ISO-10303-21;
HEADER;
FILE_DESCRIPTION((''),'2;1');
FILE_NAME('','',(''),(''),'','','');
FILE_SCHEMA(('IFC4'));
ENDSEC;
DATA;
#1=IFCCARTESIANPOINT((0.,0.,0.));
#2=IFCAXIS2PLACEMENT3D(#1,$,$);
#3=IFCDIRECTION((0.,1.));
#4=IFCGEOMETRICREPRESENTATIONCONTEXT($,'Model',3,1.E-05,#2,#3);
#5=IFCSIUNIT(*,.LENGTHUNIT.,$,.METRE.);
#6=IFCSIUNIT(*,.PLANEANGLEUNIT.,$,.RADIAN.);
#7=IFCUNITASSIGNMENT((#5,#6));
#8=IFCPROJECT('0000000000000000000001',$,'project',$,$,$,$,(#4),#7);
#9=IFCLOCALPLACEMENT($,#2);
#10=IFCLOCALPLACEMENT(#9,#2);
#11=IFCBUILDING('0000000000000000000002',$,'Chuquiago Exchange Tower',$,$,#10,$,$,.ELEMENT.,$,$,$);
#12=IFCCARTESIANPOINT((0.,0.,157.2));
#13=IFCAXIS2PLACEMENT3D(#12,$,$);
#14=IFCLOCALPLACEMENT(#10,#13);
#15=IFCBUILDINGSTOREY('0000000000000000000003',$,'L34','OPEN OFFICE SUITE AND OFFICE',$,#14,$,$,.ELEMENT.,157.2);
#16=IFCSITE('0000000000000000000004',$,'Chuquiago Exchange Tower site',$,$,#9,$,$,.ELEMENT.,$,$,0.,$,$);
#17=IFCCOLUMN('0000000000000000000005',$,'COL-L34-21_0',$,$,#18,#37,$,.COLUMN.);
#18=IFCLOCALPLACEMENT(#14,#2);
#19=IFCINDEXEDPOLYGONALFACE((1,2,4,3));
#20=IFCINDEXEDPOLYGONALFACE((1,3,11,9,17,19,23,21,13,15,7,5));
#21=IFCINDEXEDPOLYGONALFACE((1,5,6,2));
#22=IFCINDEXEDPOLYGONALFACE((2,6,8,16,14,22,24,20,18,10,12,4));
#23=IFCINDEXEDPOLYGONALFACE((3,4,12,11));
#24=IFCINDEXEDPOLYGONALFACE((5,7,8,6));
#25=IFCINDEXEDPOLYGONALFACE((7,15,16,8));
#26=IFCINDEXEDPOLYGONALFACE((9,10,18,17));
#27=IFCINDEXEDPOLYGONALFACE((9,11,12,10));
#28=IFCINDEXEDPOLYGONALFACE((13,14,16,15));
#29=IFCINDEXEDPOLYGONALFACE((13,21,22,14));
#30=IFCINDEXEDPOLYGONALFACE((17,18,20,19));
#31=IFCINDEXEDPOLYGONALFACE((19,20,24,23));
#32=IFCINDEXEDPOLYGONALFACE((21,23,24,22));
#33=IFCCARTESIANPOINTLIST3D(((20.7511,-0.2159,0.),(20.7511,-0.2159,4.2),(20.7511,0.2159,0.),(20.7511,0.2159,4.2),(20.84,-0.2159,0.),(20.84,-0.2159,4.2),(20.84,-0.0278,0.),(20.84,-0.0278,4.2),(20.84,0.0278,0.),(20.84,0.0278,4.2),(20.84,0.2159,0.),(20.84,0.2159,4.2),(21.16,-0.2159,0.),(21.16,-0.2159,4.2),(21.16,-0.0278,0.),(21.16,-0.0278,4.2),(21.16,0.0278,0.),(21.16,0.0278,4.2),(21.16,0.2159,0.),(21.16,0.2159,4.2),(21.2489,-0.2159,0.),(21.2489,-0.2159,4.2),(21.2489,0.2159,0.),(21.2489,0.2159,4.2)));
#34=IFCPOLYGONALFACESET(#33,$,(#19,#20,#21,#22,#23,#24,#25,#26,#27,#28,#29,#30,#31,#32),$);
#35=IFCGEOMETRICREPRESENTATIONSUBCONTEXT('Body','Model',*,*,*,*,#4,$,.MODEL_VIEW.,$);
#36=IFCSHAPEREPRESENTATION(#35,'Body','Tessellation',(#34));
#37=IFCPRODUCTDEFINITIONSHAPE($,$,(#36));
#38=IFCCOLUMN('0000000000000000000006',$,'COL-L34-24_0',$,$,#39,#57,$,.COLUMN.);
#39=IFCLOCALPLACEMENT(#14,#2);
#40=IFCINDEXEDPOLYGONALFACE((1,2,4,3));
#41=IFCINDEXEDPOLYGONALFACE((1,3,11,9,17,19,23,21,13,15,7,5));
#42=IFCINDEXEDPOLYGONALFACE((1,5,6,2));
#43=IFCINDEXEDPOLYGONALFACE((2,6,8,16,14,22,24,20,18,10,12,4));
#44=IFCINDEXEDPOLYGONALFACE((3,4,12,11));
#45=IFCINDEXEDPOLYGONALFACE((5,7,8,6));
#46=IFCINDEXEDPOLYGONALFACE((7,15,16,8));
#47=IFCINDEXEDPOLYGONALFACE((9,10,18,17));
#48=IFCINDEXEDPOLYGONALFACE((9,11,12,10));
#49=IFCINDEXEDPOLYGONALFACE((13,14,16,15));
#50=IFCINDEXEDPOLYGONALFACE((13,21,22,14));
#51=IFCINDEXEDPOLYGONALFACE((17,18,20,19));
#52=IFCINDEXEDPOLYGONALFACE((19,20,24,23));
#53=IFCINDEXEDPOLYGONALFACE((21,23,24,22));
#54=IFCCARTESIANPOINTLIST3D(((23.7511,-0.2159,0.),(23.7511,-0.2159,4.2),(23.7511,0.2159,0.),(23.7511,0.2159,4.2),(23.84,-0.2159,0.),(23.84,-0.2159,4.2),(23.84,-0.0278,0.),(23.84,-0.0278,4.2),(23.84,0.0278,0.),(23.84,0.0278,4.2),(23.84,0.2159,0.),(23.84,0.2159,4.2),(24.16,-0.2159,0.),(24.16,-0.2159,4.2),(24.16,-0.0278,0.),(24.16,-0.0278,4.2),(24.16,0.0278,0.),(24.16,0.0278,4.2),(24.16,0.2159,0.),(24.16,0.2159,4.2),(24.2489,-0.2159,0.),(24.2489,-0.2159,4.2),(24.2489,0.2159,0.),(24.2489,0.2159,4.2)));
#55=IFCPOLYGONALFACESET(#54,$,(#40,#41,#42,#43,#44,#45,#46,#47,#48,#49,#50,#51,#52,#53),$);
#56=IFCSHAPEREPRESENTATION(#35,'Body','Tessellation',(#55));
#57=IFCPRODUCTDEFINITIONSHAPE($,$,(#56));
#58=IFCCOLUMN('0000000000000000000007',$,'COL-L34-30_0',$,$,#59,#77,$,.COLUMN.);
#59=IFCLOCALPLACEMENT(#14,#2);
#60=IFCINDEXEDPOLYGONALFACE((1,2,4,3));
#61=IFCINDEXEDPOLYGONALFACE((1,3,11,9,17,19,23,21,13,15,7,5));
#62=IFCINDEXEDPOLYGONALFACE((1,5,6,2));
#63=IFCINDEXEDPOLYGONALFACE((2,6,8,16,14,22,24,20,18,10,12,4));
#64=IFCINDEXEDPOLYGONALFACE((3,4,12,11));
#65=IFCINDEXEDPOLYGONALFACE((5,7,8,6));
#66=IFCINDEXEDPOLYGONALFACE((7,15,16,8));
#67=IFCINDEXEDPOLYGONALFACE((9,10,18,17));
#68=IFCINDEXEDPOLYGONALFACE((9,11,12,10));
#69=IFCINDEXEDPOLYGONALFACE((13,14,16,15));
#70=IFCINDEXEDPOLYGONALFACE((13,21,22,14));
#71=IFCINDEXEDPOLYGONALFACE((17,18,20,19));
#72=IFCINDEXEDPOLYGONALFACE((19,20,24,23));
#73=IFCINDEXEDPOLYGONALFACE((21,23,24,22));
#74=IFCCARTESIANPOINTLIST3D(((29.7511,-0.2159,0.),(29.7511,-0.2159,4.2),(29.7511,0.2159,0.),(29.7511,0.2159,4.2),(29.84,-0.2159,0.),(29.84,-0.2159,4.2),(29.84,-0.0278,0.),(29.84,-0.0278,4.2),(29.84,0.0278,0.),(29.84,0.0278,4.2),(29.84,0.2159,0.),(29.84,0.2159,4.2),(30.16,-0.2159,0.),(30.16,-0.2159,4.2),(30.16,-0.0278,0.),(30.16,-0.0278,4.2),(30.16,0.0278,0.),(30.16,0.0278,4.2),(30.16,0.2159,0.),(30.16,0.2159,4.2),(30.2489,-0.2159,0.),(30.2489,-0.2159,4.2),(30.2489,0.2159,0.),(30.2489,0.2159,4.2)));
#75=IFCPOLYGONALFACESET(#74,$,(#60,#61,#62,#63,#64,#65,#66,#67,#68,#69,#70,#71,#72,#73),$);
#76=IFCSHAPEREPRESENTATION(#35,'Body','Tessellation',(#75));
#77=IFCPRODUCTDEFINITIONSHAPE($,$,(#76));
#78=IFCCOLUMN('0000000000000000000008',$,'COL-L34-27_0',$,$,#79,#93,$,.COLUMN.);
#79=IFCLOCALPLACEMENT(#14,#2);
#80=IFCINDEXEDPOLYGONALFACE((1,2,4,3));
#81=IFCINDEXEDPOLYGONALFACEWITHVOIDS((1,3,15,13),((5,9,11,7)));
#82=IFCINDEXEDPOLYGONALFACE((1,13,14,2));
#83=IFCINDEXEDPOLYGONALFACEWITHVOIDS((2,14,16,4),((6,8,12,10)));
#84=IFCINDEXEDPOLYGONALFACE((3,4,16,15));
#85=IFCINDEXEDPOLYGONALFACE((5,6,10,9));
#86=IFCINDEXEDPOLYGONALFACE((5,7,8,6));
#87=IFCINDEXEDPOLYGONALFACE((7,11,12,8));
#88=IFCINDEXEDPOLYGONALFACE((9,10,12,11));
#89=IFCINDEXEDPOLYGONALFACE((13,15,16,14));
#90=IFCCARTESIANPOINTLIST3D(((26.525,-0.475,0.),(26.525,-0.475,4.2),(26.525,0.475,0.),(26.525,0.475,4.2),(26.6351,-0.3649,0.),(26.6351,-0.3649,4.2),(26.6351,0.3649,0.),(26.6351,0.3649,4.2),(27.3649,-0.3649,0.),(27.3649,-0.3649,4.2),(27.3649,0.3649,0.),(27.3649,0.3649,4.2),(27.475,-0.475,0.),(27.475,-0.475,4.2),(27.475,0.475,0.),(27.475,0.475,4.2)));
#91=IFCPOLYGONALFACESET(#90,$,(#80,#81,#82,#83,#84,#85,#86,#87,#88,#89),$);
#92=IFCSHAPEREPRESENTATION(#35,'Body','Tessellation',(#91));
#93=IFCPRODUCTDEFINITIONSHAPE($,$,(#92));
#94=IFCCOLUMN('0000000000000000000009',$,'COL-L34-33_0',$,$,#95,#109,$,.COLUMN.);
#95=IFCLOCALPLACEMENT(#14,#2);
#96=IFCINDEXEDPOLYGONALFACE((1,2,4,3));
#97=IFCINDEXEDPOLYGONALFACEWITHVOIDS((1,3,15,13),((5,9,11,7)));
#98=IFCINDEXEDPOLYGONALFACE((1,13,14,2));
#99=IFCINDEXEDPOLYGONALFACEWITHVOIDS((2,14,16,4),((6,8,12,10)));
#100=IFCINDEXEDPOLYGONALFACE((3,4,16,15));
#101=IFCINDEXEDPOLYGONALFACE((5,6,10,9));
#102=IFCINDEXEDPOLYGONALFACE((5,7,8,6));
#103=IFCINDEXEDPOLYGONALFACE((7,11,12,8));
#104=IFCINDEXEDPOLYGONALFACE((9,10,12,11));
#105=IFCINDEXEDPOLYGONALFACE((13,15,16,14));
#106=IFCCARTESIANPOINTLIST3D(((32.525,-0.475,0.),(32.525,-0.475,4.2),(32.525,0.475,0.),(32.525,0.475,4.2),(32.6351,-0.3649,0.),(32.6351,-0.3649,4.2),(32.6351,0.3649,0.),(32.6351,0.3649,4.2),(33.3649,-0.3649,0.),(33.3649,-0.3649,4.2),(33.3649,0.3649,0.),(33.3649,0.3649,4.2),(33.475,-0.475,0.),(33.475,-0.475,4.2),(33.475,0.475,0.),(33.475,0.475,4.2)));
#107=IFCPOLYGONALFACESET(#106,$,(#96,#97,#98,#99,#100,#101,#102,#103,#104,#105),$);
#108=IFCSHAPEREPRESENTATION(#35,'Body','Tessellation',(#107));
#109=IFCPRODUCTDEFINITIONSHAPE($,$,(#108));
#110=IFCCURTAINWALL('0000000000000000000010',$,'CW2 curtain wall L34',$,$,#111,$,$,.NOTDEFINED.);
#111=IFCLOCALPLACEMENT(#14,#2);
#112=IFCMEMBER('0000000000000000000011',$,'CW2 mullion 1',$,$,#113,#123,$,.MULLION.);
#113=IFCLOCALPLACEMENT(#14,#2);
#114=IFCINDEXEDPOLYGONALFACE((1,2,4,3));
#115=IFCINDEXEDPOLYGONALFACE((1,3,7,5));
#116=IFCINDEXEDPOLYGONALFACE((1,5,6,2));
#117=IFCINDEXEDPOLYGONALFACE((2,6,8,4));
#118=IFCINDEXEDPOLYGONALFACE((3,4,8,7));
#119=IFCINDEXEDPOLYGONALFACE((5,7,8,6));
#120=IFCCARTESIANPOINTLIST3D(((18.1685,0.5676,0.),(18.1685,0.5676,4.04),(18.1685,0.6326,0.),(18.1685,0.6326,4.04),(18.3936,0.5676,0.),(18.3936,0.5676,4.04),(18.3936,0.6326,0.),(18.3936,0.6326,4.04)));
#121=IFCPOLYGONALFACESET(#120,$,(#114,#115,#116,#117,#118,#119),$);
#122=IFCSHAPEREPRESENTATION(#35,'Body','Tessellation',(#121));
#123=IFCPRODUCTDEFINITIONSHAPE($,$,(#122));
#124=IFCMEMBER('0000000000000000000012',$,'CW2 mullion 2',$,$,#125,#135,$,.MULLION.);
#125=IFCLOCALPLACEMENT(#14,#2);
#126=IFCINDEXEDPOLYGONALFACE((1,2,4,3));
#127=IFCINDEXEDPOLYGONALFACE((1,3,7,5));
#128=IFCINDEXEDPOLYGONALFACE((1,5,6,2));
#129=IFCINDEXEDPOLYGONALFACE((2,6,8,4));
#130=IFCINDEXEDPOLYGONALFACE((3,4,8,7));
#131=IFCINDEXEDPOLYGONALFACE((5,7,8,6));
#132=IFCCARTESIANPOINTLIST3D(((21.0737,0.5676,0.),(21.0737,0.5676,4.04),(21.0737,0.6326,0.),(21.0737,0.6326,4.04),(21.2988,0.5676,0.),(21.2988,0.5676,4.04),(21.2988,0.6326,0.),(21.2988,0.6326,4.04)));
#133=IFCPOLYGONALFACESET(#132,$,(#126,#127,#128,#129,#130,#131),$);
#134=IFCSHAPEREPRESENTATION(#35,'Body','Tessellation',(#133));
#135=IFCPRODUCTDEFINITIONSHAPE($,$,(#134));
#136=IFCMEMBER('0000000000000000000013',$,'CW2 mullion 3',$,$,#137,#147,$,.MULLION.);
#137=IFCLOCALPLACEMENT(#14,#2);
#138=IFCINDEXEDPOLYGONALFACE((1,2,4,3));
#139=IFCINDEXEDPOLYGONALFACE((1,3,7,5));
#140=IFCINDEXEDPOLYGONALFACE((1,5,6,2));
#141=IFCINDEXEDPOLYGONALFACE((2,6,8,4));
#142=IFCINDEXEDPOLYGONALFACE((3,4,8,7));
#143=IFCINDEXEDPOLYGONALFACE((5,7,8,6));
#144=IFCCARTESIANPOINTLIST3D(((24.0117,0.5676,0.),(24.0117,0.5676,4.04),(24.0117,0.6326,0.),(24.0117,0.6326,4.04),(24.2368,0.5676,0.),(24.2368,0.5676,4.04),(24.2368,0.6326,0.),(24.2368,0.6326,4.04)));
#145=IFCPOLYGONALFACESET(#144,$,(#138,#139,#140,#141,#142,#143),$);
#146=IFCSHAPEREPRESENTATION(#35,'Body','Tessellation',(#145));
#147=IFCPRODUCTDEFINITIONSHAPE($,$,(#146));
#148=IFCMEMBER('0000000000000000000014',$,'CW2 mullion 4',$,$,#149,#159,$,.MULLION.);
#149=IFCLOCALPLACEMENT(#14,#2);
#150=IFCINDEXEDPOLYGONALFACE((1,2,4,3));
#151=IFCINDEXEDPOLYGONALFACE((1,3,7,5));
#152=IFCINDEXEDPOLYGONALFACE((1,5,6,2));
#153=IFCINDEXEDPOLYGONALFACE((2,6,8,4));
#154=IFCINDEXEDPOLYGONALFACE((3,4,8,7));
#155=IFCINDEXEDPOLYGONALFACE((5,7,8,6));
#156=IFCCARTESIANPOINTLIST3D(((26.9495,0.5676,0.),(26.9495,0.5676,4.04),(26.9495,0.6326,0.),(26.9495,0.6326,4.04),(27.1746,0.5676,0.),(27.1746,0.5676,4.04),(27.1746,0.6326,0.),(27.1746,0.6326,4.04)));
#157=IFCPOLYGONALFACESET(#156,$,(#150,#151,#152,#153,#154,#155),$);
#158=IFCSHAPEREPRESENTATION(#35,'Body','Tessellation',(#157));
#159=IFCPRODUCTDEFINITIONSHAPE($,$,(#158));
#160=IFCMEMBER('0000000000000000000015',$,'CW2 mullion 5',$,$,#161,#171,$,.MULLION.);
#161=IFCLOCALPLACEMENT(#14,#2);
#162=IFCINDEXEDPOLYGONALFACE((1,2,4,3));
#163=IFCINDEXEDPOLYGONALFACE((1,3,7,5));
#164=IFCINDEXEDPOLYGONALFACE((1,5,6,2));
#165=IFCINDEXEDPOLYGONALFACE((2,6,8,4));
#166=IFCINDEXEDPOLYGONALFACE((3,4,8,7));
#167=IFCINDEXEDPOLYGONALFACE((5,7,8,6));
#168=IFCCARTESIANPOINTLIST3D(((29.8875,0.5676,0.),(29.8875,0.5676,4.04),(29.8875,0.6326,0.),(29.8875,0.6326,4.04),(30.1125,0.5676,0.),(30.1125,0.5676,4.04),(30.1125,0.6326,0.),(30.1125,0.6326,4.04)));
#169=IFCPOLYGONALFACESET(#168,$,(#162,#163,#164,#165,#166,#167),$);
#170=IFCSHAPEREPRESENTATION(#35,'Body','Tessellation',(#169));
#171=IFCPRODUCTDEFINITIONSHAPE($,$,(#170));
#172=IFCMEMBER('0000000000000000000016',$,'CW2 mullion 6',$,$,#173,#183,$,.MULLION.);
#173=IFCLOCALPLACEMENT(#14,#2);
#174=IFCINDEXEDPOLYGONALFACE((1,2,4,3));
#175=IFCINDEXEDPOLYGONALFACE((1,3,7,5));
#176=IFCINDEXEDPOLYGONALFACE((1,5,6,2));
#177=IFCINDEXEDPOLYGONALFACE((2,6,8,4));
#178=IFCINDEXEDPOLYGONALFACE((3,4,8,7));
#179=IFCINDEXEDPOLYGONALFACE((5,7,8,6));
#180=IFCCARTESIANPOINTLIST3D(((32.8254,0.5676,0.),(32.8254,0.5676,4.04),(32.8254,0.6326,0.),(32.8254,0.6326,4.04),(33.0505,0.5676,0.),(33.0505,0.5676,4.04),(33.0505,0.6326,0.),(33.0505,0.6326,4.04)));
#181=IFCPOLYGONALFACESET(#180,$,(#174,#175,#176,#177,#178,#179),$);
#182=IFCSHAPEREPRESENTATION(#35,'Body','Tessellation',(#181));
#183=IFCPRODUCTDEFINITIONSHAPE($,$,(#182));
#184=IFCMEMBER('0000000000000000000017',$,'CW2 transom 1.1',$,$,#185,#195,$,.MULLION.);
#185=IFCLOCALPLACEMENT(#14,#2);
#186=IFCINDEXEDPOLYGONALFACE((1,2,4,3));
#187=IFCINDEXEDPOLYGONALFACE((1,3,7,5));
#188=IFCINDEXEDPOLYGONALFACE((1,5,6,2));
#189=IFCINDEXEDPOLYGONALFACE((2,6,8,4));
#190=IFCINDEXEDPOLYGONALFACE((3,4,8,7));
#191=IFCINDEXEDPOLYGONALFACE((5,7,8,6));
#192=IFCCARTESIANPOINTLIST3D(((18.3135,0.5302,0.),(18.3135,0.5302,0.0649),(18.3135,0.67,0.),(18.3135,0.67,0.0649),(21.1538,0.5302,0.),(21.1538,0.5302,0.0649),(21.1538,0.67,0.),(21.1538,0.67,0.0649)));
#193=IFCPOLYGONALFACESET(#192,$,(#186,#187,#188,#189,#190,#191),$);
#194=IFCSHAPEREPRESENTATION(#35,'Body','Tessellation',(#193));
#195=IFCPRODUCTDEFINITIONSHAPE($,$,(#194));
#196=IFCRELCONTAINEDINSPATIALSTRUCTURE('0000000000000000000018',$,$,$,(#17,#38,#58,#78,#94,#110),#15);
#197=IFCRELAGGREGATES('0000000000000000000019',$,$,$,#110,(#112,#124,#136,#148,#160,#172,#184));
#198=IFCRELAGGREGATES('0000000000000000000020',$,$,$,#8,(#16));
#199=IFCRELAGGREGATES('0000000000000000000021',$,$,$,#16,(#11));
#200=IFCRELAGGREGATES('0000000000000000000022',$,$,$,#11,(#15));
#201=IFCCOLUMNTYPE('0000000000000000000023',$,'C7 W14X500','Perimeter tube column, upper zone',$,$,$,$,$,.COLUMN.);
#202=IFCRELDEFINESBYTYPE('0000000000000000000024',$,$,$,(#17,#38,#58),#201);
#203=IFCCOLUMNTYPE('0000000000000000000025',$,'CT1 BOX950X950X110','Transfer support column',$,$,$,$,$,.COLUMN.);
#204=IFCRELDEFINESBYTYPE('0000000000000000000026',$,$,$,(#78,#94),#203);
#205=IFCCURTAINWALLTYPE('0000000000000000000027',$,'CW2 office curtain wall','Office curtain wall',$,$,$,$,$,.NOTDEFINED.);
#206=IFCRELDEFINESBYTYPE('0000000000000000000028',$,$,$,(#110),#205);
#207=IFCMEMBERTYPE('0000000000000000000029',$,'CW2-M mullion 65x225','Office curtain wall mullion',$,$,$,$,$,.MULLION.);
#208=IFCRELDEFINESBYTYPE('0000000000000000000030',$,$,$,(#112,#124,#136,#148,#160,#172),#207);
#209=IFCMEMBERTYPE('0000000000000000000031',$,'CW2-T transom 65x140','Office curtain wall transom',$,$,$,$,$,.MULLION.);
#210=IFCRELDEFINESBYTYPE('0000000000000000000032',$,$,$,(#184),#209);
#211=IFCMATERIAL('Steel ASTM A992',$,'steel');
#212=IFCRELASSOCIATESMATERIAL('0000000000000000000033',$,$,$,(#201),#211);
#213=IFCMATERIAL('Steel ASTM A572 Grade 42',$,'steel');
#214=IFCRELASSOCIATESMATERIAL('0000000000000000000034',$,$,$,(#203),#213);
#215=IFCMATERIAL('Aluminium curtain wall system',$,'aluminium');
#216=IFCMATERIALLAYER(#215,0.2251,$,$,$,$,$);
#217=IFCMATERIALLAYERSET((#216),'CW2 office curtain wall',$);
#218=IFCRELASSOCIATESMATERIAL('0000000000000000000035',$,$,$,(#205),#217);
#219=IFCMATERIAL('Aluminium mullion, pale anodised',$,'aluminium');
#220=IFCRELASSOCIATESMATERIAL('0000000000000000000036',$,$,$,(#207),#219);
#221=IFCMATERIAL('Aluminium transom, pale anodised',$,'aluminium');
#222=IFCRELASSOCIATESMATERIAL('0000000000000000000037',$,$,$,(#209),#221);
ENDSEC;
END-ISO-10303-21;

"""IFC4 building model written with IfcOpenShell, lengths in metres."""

from ifc_helpers import new_model, si_unit, direction, frame, origin, origin_2d, place, context, subcontext, project, spatial, rectangle, hollow_rectangle, i_section, extrude, material, layer, layer_set, material_profile, profile_set, type_object, element, aggregate, save


model = new_model("IFC4")

# Units and contexts
model_context = context("Model", 3, precision=1e-05, world=origin(), true_north=direction((0.0, 1.0)))
body_context = subcontext(model_context, "Body", "Model", "MODEL_VIEW")
ifc_project = project(units=[si_unit("LENGTHUNIT", "METRE"), si_unit("PLANEANGLEUNIT", "RADIAN")], contexts=[model_context])

# Site, building, storey
site_placement = place(None, origin())
site = spatial("IfcSite", under=ifc_project, at=site_placement, Name="Chuquiago Exchange Tower site", CompositionType="ELEMENT", RefElevation=0.0)
building_placement = place(site_placement, origin())
building = spatial("IfcBuilding", under=site, at=building_placement, Name="Chuquiago Exchange Tower", CompositionType="ELEMENT")
storey_placement = place(building_placement, frame((0.0, 0.0, 157.2)))
storey = spatial("IfcBuildingStorey", under=building, at=storey_placement, Name="L34", Description="OPEN OFFICE SUITE AND OFFICE", CompositionType="ELEMENT", Elevation=157.2)

# Columns
ifc_material_1 = material(Name="Steel ASTM A992", Category="steel")
ifc_material_profile_1 = material_profile(ifc_material_1, i_section(OverallWidth=0.4319, OverallDepth=0.4978, WebThickness=0.0557, FlangeThickness=0.0889, at=origin_2d()), Name="W14X500")
ifc_profile_set_1 = profile_set([ifc_material_profile_1], Name="Steel ASTM A992")
column_type_1 = type_object("IfcColumnType", Name="C7 W14X500", Description="Perimeter tube column, upper zone", PredefinedType="COLUMN", material=ifc_profile_set_1)
for number, where, z_axis, x_axis, name in (
    (1, (21.0, 0.0, 0.0), (0.0, 0.0, 1.0), (0.0, -1.0, 0.0), "COL-L34-21_0"),
    (2, (24.0, 0.0, 0.0), (0.0, 0.0, 1.0), (0.0, -1.0, 0.0), "COL-L34-24_0"),
    (3, (30.0, 0.0, 0.0), (0.0, 0.0, 1.0), (0.0, -1.0, 0.0), "COL-L34-30_0"),
):
    element("IfcColumn", number, at=place(storey_placement, frame(where, z_axis=z_axis, x_axis=x_axis)), inside=storey, type_object=column_type_1, Name=name, PredefinedType="COLUMN", context=body_context, shape_type="SweptSolid", body=[
        extrude(i_section(OverallWidth=0.4319, OverallDepth=0.4978, WebThickness=0.0557, FlangeThickness=0.0889, at=origin_2d()), origin(), (0.0, 0.0, 1.0), 4.2),
    ])
ifc_material_2 = material(Name="Steel ASTM A572 Grade 42", Category="steel")
ifc_material_profile_2 = material_profile(ifc_material_2, hollow_rectangle(XDim=0.95, YDim=0.95, WallThickness=0.1101, at=origin_2d()), Name="BOX950X950X110")
ifc_profile_set_2 = profile_set([ifc_material_profile_2], Name="Steel ASTM A572 Grade 42")
column_type_2 = type_object("IfcColumnType", Name="CT1 BOX950X950X110", Description="Transfer support column", PredefinedType="COLUMN", material=ifc_profile_set_2)
for number, where, z_axis, x_axis, name in (
    (4, (27.0, 0.0, 0.0), (0.0, 0.0, 1.0), (0.0, -1.0, 0.0), "COL-L34-27_0"),
    (5, (33.0, 0.0, 0.0), (0.0, 0.0, 1.0), (0.0, -1.0, 0.0), "COL-L34-33_0"),
):
    element("IfcColumn", number, at=place(storey_placement, frame(where, z_axis=z_axis, x_axis=x_axis)), inside=storey, type_object=column_type_2, Name=name, PredefinedType="COLUMN", context=body_context, shape_type="SweptSolid", body=[
        extrude(hollow_rectangle(XDim=0.95, YDim=0.95, WallThickness=0.1101, at=origin_2d()), origin(), (0.0, 0.0, 1.0), 4.2),
    ])

# Curtain wall, members
ifc_material_3 = material(Name="Aluminium curtain wall system", Category="aluminium")
ifc_layer_1 = layer(ifc_material_3, 0.2251)
ifc_layer_set_1 = layer_set([ifc_layer_1], Name="CW2 office curtain wall")
curtain_wall_type_1 = type_object("IfcCurtainWallType", Name="CW2 office curtain wall", Description="Office curtain wall", PredefinedType="NOTDEFINED", material=ifc_layer_set_1)
curtain_wall_1_placement = place(storey_placement, origin())
curtain_wall_1 = element("IfcCurtainWall", 6, at=curtain_wall_1_placement, inside=storey, type_object=curtain_wall_type_1, Name="CW2 curtain wall L34", PredefinedType="NOTDEFINED")
ifc_material_4 = material(Name="Aluminium mullion, pale anodised", Category="aluminium")
ifc_material_profile_3 = material_profile(ifc_material_4, rectangle(XDim=0.0649, YDim=0.2251, at=origin_2d()), Name="AL 65x225")
ifc_profile_set_3 = profile_set([ifc_material_profile_3], Name="Aluminium mullion, pale anodised")
member_type_1 = type_object("IfcMemberType", Name="CW2-M mullion 65x225", Description="Office curtain wall mullion", PredefinedType="MULLION", material=ifc_profile_set_3)
member_1_placement = place(storey_placement, frame((18.281, 0.6001, 0.0), z_axis=(0.0, 0.0, 1.0), x_axis=(0.0, 1.0, 0.0)))
member_1 = element("IfcMember", 7, at=member_1_placement, type_object=member_type_1, Name="CW2 mullion 1", PredefinedType="MULLION", context=body_context, shape_type="SweptSolid", body=[
    extrude(rectangle(XDim=0.0649, YDim=0.2251, at=origin_2d()), origin(), (0.0, 0.0, 1.0), 4.04),
])
member_2_placement = place(storey_placement, frame((21.1863, 0.6001, 0.0), z_axis=(0.0, 0.0, 1.0), x_axis=(0.0, 1.0, 0.0)))
member_2 = element("IfcMember", 8, at=member_2_placement, type_object=member_type_1, Name="CW2 mullion 2", PredefinedType="MULLION", context=body_context, shape_type="SweptSolid", body=[
    extrude(rectangle(XDim=0.0649, YDim=0.2251, at=origin_2d()), origin(), (0.0, 0.0, 1.0), 4.04),
])
member_3_placement = place(storey_placement, frame((24.1243, 0.6001, 0.0), z_axis=(0.0, 0.0, 1.0), x_axis=(0.0, 1.0, 0.0)))
member_3 = element("IfcMember", 9, at=member_3_placement, type_object=member_type_1, Name="CW2 mullion 3", PredefinedType="MULLION", context=body_context, shape_type="SweptSolid", body=[
    extrude(rectangle(XDim=0.0649, YDim=0.2251, at=origin_2d()), origin(), (0.0, 0.0, 1.0), 4.04),
])
member_4_placement = place(storey_placement, frame((27.062, 0.6001, 0.0), z_axis=(0.0, 0.0, 1.0), x_axis=(0.0, 1.0, 0.0)))
member_4 = element("IfcMember", 10, at=member_4_placement, type_object=member_type_1, Name="CW2 mullion 4", PredefinedType="MULLION", context=body_context, shape_type="SweptSolid", body=[
    extrude(rectangle(XDim=0.0649, YDim=0.2251, at=origin_2d()), origin(), (0.0, 0.0, 1.0), 4.04),
])
member_5_placement = place(storey_placement, frame((30.0, 0.6001, 0.0), z_axis=(0.0, 0.0, 1.0), x_axis=(0.0, 1.0, 0.0)))
member_5 = element("IfcMember", 11, at=member_5_placement, type_object=member_type_1, Name="CW2 mullion 5", PredefinedType="MULLION", context=body_context, shape_type="SweptSolid", body=[
    extrude(rectangle(XDim=0.0649, YDim=0.2251, at=origin_2d()), origin(), (0.0, 0.0, 1.0), 4.04),
])
member_6_placement = place(storey_placement, frame((32.938, 0.6001, 0.0), z_axis=(0.0, 0.0, 1.0), x_axis=(0.0, 1.0, 0.0)))
member_6 = element("IfcMember", 12, at=member_6_placement, type_object=member_type_1, Name="CW2 mullion 6", PredefinedType="MULLION", context=body_context, shape_type="SweptSolid", body=[
    extrude(rectangle(XDim=0.0649, YDim=0.2251, at=origin_2d()), origin(), (0.0, 0.0, 1.0), 4.04),
])
ifc_material_5 = material(Name="Aluminium transom, pale anodised", Category="aluminium")
ifc_material_profile_4 = material_profile(ifc_material_5, rectangle(XDim=0.1399, YDim=0.0649, at=origin_2d()), Name="AL 140x65")
ifc_profile_set_4 = profile_set([ifc_material_profile_4], Name="Aluminium transom, pale anodised")
member_type_2 = type_object("IfcMemberType", Name="CW2-T transom 65x140", Description="Office curtain wall transom", PredefinedType="MULLION", material=ifc_profile_set_4)
member_7_placement = place(storey_placement, frame((18.3135, 0.6001, 0.0325), z_axis=(1.0, 0.0, 0.0), x_axis=(0.0, 1.0, 0.0)))
member_7 = element("IfcMember", 13, at=member_7_placement, type_object=member_type_2, Name="CW2 transom 1.1", PredefinedType="MULLION", context=body_context, shape_type="SweptSolid", body=[
    extrude(rectangle(XDim=0.1399, YDim=0.0649, at=origin_2d()), origin(), (0.0, 0.0, 1.0), 2.8403),
])

aggregate(curtain_wall_1, [member_1, member_2, member_3, member_4, member_5, member_6, member_7])

save(model, "model.ifc")
